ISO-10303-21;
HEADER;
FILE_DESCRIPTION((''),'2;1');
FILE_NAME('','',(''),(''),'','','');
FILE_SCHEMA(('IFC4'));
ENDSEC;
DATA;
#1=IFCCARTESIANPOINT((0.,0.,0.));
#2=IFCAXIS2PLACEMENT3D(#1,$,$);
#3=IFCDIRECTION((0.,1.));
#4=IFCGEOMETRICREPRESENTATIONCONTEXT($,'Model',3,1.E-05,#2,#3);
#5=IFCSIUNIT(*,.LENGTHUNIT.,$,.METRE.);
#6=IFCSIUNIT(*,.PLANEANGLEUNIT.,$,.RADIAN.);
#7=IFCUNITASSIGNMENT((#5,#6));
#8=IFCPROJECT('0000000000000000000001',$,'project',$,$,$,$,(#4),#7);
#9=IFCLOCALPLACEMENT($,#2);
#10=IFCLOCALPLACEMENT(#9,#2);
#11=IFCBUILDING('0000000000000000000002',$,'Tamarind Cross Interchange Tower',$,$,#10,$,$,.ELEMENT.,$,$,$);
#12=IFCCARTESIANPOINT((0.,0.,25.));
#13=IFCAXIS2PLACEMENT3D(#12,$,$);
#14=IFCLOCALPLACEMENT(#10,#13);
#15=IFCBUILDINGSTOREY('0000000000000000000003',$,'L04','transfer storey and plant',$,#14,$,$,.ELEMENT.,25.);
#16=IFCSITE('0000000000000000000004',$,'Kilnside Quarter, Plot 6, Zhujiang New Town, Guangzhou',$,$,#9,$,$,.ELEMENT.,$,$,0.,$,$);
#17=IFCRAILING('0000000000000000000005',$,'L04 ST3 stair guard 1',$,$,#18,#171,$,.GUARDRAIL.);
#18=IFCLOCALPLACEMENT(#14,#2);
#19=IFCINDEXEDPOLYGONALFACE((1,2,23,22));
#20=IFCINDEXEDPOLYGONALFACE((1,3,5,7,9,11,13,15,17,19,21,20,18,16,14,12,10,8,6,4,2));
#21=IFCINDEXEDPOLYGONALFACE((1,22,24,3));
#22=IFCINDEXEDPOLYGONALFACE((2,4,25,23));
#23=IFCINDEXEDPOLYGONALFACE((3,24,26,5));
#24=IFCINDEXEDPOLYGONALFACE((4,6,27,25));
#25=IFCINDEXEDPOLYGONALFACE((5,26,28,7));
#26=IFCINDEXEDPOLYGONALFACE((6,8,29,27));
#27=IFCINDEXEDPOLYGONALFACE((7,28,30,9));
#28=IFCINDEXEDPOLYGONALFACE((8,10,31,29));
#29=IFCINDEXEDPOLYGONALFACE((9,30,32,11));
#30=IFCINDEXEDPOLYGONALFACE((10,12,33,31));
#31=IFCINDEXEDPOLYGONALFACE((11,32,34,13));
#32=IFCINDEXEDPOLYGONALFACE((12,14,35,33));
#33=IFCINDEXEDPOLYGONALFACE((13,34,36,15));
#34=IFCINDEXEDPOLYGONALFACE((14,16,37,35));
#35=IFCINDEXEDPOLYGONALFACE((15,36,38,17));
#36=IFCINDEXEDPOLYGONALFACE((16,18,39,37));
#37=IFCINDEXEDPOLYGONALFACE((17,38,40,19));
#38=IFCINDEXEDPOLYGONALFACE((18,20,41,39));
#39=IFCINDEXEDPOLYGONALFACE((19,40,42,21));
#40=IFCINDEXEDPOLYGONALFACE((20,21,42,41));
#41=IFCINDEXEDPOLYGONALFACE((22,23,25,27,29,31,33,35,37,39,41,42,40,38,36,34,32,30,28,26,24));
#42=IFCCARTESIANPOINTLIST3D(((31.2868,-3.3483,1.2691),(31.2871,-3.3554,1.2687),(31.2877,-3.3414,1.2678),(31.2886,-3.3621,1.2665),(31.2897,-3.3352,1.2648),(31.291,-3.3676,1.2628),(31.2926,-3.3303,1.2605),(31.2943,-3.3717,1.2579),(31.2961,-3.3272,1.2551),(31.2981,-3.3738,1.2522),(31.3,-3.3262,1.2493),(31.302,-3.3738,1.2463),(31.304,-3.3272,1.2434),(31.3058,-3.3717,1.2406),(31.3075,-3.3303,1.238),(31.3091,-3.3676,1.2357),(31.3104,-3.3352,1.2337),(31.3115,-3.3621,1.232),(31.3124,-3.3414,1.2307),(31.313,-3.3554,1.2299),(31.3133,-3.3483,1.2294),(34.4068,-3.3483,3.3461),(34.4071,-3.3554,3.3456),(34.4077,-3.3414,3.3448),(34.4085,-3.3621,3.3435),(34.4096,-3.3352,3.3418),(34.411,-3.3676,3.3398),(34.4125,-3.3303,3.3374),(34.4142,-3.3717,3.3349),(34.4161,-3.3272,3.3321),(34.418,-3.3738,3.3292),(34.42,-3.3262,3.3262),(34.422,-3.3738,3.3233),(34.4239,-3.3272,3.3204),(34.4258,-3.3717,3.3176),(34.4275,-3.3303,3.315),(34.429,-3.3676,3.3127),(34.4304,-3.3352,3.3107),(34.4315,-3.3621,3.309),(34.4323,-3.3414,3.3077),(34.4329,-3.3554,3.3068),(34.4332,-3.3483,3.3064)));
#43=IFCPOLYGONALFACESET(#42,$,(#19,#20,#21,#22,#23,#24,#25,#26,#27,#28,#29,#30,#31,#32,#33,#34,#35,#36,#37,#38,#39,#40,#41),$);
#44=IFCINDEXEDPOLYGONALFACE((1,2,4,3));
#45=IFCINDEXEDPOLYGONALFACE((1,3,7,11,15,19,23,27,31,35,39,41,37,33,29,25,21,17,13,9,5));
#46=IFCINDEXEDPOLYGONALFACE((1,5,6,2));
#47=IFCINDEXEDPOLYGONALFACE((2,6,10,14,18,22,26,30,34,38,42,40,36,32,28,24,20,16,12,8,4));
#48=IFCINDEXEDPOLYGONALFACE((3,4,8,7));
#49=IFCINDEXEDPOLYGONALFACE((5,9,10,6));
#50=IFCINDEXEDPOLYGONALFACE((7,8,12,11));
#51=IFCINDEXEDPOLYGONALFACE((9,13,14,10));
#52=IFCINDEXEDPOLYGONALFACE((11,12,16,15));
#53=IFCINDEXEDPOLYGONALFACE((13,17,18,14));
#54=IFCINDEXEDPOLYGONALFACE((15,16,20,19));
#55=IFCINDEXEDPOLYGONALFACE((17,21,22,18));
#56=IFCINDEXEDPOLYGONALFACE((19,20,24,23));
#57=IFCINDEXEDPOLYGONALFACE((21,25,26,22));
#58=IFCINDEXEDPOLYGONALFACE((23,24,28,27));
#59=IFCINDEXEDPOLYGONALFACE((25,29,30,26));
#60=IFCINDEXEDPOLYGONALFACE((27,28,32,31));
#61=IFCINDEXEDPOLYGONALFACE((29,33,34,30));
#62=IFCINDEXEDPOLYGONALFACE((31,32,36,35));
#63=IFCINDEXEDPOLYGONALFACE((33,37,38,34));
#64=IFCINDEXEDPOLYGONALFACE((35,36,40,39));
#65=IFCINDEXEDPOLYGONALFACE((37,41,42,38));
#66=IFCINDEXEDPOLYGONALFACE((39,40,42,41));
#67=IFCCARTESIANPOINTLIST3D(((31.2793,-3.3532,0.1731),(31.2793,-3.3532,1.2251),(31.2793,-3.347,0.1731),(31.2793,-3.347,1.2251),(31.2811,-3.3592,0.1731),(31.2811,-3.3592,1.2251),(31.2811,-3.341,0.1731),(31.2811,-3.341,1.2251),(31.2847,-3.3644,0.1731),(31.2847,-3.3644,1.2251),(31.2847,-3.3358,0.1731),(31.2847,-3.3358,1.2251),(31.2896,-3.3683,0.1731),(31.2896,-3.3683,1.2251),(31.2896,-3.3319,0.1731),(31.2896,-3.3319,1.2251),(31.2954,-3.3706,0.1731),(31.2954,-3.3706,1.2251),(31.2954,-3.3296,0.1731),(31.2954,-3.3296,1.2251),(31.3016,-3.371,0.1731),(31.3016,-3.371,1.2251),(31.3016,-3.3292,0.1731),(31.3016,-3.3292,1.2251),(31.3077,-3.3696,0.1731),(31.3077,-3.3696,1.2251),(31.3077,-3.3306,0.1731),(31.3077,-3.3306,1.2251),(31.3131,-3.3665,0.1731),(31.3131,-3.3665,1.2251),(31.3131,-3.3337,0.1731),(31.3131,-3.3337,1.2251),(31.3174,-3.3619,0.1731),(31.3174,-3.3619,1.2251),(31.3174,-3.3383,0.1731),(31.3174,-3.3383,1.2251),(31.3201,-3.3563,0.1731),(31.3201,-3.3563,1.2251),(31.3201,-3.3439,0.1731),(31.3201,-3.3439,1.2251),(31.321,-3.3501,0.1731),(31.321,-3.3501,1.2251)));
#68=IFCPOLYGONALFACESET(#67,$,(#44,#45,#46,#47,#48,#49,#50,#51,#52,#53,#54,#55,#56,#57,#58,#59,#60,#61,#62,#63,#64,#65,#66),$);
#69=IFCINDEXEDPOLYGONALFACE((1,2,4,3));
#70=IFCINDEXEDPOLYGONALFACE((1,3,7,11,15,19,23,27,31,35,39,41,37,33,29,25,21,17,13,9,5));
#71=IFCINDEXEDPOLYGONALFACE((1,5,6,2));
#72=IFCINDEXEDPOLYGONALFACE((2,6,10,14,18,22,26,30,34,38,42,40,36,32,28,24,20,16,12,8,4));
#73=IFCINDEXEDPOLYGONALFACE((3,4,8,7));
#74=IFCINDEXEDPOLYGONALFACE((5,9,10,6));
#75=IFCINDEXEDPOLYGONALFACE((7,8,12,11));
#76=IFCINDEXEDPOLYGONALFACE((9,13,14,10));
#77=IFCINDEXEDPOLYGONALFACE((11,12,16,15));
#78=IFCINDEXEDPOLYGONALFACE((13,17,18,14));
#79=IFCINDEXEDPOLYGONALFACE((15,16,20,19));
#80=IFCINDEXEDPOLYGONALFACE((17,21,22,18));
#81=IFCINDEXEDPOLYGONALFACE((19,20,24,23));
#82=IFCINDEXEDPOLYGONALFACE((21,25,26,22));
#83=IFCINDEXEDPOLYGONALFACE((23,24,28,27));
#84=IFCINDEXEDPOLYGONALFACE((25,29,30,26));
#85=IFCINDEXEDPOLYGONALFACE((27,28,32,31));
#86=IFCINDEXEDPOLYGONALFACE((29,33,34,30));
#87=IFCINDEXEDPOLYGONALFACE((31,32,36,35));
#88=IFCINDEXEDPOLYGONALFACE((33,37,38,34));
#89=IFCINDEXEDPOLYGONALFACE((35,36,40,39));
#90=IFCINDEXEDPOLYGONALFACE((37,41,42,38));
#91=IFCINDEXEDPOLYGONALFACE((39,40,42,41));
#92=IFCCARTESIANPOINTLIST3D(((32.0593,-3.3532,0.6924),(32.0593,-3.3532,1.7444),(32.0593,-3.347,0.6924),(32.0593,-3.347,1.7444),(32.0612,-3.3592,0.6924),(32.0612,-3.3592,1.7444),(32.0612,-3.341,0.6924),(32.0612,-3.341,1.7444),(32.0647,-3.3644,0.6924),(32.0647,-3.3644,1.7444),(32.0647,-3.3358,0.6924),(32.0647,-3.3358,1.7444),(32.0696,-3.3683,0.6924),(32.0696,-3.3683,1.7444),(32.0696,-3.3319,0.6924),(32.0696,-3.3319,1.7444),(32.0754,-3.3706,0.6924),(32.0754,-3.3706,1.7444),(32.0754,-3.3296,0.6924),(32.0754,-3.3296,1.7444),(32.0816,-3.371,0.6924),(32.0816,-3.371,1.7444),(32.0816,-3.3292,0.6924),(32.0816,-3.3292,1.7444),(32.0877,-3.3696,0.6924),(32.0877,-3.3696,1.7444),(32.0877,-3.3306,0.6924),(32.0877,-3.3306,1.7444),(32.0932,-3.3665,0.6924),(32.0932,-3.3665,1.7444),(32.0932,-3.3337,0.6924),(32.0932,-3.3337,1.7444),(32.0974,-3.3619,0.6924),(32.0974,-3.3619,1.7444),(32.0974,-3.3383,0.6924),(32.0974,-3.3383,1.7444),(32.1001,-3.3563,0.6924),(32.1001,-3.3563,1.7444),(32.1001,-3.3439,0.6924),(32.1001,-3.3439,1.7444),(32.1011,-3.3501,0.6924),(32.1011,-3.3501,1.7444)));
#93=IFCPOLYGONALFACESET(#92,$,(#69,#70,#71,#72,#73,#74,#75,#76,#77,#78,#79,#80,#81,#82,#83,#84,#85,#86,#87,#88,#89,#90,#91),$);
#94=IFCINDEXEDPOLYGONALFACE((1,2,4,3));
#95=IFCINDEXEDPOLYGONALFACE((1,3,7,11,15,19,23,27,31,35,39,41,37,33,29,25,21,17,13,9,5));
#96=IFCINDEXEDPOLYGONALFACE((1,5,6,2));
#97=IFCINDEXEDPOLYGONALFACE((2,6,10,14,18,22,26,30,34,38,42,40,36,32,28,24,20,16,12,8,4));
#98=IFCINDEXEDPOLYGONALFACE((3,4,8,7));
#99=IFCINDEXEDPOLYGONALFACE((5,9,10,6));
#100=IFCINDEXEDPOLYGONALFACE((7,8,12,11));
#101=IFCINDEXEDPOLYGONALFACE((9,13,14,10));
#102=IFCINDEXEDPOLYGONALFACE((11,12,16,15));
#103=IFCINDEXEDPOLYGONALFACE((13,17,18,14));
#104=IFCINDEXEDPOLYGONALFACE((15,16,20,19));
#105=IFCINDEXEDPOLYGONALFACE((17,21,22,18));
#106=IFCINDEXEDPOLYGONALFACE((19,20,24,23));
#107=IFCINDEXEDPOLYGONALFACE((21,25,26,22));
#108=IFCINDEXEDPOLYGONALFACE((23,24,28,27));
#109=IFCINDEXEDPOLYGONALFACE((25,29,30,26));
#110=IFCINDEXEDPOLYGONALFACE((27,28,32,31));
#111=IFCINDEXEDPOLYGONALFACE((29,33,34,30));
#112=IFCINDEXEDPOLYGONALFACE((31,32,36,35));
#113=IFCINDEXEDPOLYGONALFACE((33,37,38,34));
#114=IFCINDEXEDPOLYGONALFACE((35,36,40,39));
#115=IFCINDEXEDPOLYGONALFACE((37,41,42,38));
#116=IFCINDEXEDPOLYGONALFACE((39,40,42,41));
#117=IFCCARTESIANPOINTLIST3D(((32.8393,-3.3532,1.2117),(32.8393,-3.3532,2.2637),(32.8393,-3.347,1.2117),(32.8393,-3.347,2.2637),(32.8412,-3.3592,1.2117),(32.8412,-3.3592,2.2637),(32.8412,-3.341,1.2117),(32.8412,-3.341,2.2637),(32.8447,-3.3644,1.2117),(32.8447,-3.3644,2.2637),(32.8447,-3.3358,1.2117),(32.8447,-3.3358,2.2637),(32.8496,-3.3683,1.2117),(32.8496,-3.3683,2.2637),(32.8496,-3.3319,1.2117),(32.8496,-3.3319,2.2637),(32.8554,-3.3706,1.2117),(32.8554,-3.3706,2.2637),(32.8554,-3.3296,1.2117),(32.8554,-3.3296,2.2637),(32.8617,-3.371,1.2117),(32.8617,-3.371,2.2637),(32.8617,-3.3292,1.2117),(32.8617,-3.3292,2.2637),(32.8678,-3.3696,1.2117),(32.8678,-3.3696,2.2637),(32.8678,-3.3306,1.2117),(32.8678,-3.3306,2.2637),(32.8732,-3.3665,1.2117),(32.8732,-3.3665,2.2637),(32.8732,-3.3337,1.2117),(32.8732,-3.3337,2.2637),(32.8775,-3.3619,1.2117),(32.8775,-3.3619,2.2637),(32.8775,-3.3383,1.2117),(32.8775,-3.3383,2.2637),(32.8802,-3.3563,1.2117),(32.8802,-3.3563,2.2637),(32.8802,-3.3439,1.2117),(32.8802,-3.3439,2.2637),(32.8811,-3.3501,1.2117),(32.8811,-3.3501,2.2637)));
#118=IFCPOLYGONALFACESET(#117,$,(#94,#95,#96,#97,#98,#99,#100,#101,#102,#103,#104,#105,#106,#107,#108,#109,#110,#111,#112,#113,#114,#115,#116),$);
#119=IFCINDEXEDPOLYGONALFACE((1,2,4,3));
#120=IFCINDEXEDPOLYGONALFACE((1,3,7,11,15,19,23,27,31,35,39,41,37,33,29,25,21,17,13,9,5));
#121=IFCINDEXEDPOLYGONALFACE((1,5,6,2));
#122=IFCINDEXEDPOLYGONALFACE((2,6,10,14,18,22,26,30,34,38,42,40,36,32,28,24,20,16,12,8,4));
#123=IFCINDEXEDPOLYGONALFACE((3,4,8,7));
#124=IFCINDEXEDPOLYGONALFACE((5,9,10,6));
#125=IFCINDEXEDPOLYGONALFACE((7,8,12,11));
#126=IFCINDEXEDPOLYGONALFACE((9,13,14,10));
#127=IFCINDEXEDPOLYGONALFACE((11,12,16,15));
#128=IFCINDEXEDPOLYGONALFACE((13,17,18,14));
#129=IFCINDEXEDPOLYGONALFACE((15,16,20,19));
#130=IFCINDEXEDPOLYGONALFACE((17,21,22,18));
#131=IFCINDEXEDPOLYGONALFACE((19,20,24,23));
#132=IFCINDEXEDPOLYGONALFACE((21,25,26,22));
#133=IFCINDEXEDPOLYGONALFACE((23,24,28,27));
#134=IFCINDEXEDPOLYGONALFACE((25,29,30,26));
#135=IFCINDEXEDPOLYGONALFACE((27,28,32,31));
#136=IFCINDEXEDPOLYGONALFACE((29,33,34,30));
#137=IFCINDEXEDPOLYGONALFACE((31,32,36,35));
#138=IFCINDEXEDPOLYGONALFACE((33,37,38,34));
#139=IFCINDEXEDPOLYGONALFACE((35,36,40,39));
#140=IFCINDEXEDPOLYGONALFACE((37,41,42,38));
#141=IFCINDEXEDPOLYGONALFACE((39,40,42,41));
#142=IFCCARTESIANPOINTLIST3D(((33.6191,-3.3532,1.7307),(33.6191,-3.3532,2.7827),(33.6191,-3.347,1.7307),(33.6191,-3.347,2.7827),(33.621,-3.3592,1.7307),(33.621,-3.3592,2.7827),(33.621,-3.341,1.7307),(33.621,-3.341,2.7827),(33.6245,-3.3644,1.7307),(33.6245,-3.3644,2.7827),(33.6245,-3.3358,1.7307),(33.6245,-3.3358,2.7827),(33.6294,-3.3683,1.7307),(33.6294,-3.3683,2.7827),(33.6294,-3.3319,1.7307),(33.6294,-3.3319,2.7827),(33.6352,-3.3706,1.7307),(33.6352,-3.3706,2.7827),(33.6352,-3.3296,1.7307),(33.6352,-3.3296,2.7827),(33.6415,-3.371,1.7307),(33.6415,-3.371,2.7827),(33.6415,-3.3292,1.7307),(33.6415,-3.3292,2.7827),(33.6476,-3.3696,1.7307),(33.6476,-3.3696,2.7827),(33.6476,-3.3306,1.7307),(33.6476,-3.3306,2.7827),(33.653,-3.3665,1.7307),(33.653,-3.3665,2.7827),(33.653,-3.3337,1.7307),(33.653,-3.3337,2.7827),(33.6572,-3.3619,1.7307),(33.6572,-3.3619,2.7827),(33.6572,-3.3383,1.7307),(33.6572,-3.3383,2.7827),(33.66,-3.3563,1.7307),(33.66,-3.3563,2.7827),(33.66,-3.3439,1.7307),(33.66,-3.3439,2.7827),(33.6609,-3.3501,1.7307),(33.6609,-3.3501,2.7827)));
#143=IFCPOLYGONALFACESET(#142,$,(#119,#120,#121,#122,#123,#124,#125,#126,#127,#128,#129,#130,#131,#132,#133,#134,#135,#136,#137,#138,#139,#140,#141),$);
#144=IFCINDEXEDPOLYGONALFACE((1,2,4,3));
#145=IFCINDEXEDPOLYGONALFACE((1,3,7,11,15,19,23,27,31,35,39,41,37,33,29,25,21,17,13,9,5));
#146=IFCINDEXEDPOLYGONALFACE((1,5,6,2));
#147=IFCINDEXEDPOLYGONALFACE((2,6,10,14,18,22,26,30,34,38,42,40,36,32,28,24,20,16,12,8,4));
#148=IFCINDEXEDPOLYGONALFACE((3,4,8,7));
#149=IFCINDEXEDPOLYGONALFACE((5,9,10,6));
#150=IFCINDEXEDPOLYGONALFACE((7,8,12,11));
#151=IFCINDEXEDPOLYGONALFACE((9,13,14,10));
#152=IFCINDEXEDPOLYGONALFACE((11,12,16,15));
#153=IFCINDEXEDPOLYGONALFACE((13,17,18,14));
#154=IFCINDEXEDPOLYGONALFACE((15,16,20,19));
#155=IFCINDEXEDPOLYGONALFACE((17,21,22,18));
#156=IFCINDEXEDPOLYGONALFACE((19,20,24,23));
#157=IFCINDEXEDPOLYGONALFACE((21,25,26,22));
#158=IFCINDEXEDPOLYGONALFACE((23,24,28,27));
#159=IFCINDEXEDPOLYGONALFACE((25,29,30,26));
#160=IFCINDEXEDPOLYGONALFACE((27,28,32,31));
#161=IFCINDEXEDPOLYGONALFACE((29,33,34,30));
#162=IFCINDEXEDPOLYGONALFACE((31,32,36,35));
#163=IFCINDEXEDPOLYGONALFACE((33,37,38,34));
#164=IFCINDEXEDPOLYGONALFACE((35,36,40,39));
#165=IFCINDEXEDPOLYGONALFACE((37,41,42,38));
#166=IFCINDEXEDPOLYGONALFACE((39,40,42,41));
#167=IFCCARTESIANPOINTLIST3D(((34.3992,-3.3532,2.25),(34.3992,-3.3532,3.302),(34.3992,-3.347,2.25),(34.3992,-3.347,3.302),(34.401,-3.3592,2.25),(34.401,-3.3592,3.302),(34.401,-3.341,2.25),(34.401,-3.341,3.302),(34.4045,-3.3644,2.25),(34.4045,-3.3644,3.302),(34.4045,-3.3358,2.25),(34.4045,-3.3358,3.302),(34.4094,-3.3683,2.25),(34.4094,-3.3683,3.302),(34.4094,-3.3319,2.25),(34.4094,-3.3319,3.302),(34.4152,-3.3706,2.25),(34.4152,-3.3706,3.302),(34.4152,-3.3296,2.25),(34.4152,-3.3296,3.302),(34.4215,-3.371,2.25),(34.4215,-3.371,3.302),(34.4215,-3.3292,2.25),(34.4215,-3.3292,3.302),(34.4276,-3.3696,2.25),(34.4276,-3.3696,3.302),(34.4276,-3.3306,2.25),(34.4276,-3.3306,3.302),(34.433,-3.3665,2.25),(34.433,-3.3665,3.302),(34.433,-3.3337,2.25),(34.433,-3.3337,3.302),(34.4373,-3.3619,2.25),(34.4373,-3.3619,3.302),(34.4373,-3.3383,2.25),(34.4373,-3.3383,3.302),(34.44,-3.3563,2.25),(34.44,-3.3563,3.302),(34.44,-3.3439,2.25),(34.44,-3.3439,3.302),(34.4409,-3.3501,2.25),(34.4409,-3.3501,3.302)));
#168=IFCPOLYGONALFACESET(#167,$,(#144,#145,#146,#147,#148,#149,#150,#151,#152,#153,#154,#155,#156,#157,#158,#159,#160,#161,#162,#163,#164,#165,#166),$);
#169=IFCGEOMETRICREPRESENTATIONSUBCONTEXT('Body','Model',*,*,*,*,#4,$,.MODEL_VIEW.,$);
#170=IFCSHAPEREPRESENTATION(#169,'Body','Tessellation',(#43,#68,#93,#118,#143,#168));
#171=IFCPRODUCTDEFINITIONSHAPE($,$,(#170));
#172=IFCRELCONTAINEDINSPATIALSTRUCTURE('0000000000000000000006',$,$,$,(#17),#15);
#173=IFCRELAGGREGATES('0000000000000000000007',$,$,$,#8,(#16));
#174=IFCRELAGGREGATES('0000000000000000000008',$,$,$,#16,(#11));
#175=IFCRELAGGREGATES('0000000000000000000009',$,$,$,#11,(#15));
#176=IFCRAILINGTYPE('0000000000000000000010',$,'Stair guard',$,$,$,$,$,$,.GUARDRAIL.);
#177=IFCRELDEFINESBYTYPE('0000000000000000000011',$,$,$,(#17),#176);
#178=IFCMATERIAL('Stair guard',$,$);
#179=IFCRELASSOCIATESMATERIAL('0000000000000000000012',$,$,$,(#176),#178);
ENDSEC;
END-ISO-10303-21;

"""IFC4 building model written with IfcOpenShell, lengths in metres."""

from ifc_helpers import new_model, si_unit, direction, frame, origin, origin_2d, place, context, subcontext, project, spatial, circle, extrude, material, type_object, element, save


model = new_model("IFC4")

# Units and contexts
model_context = context("Model", 3, precision=1e-05, world=origin(), true_north=direction((0.0, 1.0)))
body_context = subcontext(model_context, "Body", "Model", "MODEL_VIEW")
ifc_project = project(units=[si_unit("LENGTHUNIT", "METRE"), si_unit("PLANEANGLEUNIT", "RADIAN")], contexts=[model_context])

# Site, building, storey
site_placement = place(None, origin())
site = spatial("IfcSite", under=ifc_project, at=site_placement, Name="Kilnside Quarter, Plot 6, Zhujiang New Town, Guangzhou", CompositionType="ELEMENT", RefElevation=0.0)
building_placement = place(site_placement, origin())
building = spatial("IfcBuilding", under=site, at=building_placement, Name="Tamarind Cross Interchange Tower", CompositionType="ELEMENT")
storey_placement = place(building_placement, frame((0.0, 0.0, 25.0)))
storey = spatial("IfcBuildingStorey", under=building, at=storey_placement, Name="L04", Description="transfer storey and plant", CompositionType="ELEMENT", Elevation=25.0)

# Railing
ifc_material_1 = material(Name="Stair guard")
railing_type_1 = type_object("IfcRailingType", Name="Stair guard", PredefinedType="GUARDRAIL", material=ifc_material_1)
railing_1_placement = place(storey_placement, frame((31.3, -3.3501, 0.1731)))
element("IfcRailing", 1, at=railing_1_placement, inside=storey, type_object=railing_type_1, Name="L04 ST3 stair guard 1", PredefinedType="GUARDRAIL", context=body_context, shape_type="SweptSolid", body=[
    extrude(circle(Radius=0.0239, at=origin_2d()), frame((0.0, 0.0, 1.0762), z_axis=(0.832421, 0.0, 0.554144), x_axis=(0.0, 1.0, 0.0)), (0.0, 0.0, 1.0), 3.748),
    extrude(circle(Radius=0.021, at=origin_2d()), origin(), (0.0, 0.0, 1.0), 1.052),
    extrude(circle(Radius=0.021, at=origin_2d()), frame((0.78, 0.0, 0.5193)), (0.0, 0.0, 1.0), 1.052),
    extrude(circle(Radius=0.021, at=origin_2d()), frame((1.5601, 0.0, 1.0386)), (0.0, 0.0, 1.0), 1.052),
    extrude(circle(Radius=0.021, at=origin_2d()), frame((2.3398, 0.0, 1.5576)), (0.0, 0.0, 1.0), 1.052),
    extrude(circle(Radius=0.021, at=origin_2d()), frame((3.1199, 0.0, 2.0769)), (0.0, 0.0, 1.0), 1.052),
])

save(model, "model.ifc")
